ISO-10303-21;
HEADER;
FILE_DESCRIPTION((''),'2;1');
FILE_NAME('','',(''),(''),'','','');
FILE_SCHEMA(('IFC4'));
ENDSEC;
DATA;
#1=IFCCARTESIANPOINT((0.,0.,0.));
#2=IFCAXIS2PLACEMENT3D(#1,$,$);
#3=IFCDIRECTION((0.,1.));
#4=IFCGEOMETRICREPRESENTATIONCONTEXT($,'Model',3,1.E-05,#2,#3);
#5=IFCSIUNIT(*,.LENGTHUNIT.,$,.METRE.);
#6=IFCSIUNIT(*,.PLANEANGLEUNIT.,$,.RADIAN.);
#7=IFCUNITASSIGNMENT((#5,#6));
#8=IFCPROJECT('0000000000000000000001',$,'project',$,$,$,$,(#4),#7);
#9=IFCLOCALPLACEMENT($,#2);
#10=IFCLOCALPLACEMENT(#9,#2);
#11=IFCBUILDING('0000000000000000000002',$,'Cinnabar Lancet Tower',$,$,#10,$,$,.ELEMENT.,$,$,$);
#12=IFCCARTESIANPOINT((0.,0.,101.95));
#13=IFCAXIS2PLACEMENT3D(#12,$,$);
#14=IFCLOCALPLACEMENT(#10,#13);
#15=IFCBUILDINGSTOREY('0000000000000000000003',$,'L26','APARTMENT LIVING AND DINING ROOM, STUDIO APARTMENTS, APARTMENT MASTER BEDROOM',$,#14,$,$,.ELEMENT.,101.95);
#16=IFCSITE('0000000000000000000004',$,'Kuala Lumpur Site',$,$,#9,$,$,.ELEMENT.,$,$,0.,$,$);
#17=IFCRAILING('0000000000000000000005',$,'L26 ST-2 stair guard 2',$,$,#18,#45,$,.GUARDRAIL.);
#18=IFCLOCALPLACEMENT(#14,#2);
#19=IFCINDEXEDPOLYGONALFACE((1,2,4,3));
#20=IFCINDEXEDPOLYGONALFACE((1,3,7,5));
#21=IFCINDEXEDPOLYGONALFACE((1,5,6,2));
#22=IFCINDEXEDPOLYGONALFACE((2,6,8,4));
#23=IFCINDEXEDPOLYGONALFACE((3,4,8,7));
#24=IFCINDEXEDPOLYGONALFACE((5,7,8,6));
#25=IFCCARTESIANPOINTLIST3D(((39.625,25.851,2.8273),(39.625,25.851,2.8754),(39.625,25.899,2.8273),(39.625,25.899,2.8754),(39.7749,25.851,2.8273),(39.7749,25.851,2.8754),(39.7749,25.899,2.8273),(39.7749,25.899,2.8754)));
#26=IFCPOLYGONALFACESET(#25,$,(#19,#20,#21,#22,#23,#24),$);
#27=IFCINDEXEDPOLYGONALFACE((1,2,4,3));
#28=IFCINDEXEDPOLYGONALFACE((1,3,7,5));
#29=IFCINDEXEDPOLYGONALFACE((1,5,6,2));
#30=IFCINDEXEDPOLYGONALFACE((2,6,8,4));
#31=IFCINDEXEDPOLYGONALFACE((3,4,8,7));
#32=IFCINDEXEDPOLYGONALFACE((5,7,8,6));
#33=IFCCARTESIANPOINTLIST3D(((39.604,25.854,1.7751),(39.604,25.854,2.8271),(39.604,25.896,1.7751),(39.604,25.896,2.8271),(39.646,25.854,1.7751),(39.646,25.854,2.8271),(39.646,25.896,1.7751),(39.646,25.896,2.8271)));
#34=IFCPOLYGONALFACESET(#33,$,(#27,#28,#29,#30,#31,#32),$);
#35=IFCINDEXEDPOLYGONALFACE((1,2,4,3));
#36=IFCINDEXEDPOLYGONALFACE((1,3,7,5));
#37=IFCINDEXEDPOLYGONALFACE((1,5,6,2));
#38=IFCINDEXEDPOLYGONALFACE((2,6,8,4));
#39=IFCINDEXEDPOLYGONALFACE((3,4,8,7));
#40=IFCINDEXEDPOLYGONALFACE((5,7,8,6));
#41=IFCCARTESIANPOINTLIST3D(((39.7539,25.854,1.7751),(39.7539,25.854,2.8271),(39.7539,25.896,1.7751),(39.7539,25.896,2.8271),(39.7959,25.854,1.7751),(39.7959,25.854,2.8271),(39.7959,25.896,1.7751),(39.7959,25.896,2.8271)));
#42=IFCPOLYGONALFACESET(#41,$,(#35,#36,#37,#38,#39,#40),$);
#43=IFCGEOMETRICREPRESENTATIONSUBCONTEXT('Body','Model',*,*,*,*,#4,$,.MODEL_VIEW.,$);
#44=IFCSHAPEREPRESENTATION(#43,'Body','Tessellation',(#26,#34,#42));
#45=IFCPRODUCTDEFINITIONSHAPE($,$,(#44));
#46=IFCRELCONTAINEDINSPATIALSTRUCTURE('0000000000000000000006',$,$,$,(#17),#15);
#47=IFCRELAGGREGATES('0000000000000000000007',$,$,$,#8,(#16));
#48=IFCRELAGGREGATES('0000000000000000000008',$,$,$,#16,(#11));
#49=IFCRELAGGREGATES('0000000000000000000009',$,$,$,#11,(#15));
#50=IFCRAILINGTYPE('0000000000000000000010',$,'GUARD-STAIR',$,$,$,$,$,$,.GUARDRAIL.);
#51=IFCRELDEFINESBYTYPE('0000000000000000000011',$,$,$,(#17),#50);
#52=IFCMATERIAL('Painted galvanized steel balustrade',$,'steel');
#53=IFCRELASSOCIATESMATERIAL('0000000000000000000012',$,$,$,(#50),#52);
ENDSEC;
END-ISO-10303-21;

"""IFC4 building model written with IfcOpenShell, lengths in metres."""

from ifc_helpers import new_model, si_unit, direction, frame, origin, origin_2d, place, context, subcontext, project, spatial, rectangle, extrude, material, type_object, element, save


model = new_model("IFC4")

# Units and contexts
model_context = context("Model", 3, precision=1e-05, world=origin(), true_north=direction((0.0, 1.0)))
body_context = subcontext(model_context, "Body", "Model", "MODEL_VIEW")
ifc_project = project(units=[si_unit("LENGTHUNIT", "METRE"), si_unit("PLANEANGLEUNIT", "RADIAN")], contexts=[model_context])

# Site, building, storey
site_placement = place(None, origin())
site = spatial("IfcSite", under=ifc_project, at=site_placement, Name="Kuala Lumpur Site", CompositionType="ELEMENT", RefElevation=0.0)
building_placement = place(site_placement, origin())
building = spatial("IfcBuilding", under=site, at=building_placement, Name="Cinnabar Lancet Tower", CompositionType="ELEMENT")
storey_placement = place(building_placement, frame((0.0, 0.0, 101.95)))
storey = spatial("IfcBuildingStorey", under=building, at=storey_placement, Name="L26", Description="APARTMENT LIVING AND DINING ROOM, STUDIO APARTMENTS, APARTMENT MASTER BEDROOM", CompositionType="ELEMENT", Elevation=101.95)

# Railing
ifc_material_1 = material(Name="Painted galvanized steel balustrade", Category="steel")
railing_type = type_object("IfcRailingType", Name="GUARD-STAIR", PredefinedType="GUARDRAIL", material=ifc_material_1)
railing_placement = place(storey_placement, frame((39.625, 25.875, 1.7751)))
element("IfcRailing", 1, at=railing_placement, inside=storey, type_object=railing_type, Name="L26 ST-2 stair guard 2", PredefinedType="GUARDRAIL", context=body_context, shape_type="SweptSolid", body=[
    extrude(rectangle(XDim=0.0481, YDim=0.0481, at=origin_2d()), frame((0.0, 0.0, 1.0762), z_axis=(1.0, 0.0, 0.0), x_axis=(0.0, 1.0, 0.0)), (0.0, 0.0, 1.0), 0.1499),
    extrude(rectangle(XDim=0.042, YDim=0.042, at=origin_2d()), origin(), (0.0, 0.0, 1.0), 1.052),
    extrude(rectangle(XDim=0.042, YDim=0.042, at=origin_2d()), frame((0.1499, 0.0, 0.0)), (0.0, 0.0, 1.0), 1.052),
])

save(model, "model.ifc")
